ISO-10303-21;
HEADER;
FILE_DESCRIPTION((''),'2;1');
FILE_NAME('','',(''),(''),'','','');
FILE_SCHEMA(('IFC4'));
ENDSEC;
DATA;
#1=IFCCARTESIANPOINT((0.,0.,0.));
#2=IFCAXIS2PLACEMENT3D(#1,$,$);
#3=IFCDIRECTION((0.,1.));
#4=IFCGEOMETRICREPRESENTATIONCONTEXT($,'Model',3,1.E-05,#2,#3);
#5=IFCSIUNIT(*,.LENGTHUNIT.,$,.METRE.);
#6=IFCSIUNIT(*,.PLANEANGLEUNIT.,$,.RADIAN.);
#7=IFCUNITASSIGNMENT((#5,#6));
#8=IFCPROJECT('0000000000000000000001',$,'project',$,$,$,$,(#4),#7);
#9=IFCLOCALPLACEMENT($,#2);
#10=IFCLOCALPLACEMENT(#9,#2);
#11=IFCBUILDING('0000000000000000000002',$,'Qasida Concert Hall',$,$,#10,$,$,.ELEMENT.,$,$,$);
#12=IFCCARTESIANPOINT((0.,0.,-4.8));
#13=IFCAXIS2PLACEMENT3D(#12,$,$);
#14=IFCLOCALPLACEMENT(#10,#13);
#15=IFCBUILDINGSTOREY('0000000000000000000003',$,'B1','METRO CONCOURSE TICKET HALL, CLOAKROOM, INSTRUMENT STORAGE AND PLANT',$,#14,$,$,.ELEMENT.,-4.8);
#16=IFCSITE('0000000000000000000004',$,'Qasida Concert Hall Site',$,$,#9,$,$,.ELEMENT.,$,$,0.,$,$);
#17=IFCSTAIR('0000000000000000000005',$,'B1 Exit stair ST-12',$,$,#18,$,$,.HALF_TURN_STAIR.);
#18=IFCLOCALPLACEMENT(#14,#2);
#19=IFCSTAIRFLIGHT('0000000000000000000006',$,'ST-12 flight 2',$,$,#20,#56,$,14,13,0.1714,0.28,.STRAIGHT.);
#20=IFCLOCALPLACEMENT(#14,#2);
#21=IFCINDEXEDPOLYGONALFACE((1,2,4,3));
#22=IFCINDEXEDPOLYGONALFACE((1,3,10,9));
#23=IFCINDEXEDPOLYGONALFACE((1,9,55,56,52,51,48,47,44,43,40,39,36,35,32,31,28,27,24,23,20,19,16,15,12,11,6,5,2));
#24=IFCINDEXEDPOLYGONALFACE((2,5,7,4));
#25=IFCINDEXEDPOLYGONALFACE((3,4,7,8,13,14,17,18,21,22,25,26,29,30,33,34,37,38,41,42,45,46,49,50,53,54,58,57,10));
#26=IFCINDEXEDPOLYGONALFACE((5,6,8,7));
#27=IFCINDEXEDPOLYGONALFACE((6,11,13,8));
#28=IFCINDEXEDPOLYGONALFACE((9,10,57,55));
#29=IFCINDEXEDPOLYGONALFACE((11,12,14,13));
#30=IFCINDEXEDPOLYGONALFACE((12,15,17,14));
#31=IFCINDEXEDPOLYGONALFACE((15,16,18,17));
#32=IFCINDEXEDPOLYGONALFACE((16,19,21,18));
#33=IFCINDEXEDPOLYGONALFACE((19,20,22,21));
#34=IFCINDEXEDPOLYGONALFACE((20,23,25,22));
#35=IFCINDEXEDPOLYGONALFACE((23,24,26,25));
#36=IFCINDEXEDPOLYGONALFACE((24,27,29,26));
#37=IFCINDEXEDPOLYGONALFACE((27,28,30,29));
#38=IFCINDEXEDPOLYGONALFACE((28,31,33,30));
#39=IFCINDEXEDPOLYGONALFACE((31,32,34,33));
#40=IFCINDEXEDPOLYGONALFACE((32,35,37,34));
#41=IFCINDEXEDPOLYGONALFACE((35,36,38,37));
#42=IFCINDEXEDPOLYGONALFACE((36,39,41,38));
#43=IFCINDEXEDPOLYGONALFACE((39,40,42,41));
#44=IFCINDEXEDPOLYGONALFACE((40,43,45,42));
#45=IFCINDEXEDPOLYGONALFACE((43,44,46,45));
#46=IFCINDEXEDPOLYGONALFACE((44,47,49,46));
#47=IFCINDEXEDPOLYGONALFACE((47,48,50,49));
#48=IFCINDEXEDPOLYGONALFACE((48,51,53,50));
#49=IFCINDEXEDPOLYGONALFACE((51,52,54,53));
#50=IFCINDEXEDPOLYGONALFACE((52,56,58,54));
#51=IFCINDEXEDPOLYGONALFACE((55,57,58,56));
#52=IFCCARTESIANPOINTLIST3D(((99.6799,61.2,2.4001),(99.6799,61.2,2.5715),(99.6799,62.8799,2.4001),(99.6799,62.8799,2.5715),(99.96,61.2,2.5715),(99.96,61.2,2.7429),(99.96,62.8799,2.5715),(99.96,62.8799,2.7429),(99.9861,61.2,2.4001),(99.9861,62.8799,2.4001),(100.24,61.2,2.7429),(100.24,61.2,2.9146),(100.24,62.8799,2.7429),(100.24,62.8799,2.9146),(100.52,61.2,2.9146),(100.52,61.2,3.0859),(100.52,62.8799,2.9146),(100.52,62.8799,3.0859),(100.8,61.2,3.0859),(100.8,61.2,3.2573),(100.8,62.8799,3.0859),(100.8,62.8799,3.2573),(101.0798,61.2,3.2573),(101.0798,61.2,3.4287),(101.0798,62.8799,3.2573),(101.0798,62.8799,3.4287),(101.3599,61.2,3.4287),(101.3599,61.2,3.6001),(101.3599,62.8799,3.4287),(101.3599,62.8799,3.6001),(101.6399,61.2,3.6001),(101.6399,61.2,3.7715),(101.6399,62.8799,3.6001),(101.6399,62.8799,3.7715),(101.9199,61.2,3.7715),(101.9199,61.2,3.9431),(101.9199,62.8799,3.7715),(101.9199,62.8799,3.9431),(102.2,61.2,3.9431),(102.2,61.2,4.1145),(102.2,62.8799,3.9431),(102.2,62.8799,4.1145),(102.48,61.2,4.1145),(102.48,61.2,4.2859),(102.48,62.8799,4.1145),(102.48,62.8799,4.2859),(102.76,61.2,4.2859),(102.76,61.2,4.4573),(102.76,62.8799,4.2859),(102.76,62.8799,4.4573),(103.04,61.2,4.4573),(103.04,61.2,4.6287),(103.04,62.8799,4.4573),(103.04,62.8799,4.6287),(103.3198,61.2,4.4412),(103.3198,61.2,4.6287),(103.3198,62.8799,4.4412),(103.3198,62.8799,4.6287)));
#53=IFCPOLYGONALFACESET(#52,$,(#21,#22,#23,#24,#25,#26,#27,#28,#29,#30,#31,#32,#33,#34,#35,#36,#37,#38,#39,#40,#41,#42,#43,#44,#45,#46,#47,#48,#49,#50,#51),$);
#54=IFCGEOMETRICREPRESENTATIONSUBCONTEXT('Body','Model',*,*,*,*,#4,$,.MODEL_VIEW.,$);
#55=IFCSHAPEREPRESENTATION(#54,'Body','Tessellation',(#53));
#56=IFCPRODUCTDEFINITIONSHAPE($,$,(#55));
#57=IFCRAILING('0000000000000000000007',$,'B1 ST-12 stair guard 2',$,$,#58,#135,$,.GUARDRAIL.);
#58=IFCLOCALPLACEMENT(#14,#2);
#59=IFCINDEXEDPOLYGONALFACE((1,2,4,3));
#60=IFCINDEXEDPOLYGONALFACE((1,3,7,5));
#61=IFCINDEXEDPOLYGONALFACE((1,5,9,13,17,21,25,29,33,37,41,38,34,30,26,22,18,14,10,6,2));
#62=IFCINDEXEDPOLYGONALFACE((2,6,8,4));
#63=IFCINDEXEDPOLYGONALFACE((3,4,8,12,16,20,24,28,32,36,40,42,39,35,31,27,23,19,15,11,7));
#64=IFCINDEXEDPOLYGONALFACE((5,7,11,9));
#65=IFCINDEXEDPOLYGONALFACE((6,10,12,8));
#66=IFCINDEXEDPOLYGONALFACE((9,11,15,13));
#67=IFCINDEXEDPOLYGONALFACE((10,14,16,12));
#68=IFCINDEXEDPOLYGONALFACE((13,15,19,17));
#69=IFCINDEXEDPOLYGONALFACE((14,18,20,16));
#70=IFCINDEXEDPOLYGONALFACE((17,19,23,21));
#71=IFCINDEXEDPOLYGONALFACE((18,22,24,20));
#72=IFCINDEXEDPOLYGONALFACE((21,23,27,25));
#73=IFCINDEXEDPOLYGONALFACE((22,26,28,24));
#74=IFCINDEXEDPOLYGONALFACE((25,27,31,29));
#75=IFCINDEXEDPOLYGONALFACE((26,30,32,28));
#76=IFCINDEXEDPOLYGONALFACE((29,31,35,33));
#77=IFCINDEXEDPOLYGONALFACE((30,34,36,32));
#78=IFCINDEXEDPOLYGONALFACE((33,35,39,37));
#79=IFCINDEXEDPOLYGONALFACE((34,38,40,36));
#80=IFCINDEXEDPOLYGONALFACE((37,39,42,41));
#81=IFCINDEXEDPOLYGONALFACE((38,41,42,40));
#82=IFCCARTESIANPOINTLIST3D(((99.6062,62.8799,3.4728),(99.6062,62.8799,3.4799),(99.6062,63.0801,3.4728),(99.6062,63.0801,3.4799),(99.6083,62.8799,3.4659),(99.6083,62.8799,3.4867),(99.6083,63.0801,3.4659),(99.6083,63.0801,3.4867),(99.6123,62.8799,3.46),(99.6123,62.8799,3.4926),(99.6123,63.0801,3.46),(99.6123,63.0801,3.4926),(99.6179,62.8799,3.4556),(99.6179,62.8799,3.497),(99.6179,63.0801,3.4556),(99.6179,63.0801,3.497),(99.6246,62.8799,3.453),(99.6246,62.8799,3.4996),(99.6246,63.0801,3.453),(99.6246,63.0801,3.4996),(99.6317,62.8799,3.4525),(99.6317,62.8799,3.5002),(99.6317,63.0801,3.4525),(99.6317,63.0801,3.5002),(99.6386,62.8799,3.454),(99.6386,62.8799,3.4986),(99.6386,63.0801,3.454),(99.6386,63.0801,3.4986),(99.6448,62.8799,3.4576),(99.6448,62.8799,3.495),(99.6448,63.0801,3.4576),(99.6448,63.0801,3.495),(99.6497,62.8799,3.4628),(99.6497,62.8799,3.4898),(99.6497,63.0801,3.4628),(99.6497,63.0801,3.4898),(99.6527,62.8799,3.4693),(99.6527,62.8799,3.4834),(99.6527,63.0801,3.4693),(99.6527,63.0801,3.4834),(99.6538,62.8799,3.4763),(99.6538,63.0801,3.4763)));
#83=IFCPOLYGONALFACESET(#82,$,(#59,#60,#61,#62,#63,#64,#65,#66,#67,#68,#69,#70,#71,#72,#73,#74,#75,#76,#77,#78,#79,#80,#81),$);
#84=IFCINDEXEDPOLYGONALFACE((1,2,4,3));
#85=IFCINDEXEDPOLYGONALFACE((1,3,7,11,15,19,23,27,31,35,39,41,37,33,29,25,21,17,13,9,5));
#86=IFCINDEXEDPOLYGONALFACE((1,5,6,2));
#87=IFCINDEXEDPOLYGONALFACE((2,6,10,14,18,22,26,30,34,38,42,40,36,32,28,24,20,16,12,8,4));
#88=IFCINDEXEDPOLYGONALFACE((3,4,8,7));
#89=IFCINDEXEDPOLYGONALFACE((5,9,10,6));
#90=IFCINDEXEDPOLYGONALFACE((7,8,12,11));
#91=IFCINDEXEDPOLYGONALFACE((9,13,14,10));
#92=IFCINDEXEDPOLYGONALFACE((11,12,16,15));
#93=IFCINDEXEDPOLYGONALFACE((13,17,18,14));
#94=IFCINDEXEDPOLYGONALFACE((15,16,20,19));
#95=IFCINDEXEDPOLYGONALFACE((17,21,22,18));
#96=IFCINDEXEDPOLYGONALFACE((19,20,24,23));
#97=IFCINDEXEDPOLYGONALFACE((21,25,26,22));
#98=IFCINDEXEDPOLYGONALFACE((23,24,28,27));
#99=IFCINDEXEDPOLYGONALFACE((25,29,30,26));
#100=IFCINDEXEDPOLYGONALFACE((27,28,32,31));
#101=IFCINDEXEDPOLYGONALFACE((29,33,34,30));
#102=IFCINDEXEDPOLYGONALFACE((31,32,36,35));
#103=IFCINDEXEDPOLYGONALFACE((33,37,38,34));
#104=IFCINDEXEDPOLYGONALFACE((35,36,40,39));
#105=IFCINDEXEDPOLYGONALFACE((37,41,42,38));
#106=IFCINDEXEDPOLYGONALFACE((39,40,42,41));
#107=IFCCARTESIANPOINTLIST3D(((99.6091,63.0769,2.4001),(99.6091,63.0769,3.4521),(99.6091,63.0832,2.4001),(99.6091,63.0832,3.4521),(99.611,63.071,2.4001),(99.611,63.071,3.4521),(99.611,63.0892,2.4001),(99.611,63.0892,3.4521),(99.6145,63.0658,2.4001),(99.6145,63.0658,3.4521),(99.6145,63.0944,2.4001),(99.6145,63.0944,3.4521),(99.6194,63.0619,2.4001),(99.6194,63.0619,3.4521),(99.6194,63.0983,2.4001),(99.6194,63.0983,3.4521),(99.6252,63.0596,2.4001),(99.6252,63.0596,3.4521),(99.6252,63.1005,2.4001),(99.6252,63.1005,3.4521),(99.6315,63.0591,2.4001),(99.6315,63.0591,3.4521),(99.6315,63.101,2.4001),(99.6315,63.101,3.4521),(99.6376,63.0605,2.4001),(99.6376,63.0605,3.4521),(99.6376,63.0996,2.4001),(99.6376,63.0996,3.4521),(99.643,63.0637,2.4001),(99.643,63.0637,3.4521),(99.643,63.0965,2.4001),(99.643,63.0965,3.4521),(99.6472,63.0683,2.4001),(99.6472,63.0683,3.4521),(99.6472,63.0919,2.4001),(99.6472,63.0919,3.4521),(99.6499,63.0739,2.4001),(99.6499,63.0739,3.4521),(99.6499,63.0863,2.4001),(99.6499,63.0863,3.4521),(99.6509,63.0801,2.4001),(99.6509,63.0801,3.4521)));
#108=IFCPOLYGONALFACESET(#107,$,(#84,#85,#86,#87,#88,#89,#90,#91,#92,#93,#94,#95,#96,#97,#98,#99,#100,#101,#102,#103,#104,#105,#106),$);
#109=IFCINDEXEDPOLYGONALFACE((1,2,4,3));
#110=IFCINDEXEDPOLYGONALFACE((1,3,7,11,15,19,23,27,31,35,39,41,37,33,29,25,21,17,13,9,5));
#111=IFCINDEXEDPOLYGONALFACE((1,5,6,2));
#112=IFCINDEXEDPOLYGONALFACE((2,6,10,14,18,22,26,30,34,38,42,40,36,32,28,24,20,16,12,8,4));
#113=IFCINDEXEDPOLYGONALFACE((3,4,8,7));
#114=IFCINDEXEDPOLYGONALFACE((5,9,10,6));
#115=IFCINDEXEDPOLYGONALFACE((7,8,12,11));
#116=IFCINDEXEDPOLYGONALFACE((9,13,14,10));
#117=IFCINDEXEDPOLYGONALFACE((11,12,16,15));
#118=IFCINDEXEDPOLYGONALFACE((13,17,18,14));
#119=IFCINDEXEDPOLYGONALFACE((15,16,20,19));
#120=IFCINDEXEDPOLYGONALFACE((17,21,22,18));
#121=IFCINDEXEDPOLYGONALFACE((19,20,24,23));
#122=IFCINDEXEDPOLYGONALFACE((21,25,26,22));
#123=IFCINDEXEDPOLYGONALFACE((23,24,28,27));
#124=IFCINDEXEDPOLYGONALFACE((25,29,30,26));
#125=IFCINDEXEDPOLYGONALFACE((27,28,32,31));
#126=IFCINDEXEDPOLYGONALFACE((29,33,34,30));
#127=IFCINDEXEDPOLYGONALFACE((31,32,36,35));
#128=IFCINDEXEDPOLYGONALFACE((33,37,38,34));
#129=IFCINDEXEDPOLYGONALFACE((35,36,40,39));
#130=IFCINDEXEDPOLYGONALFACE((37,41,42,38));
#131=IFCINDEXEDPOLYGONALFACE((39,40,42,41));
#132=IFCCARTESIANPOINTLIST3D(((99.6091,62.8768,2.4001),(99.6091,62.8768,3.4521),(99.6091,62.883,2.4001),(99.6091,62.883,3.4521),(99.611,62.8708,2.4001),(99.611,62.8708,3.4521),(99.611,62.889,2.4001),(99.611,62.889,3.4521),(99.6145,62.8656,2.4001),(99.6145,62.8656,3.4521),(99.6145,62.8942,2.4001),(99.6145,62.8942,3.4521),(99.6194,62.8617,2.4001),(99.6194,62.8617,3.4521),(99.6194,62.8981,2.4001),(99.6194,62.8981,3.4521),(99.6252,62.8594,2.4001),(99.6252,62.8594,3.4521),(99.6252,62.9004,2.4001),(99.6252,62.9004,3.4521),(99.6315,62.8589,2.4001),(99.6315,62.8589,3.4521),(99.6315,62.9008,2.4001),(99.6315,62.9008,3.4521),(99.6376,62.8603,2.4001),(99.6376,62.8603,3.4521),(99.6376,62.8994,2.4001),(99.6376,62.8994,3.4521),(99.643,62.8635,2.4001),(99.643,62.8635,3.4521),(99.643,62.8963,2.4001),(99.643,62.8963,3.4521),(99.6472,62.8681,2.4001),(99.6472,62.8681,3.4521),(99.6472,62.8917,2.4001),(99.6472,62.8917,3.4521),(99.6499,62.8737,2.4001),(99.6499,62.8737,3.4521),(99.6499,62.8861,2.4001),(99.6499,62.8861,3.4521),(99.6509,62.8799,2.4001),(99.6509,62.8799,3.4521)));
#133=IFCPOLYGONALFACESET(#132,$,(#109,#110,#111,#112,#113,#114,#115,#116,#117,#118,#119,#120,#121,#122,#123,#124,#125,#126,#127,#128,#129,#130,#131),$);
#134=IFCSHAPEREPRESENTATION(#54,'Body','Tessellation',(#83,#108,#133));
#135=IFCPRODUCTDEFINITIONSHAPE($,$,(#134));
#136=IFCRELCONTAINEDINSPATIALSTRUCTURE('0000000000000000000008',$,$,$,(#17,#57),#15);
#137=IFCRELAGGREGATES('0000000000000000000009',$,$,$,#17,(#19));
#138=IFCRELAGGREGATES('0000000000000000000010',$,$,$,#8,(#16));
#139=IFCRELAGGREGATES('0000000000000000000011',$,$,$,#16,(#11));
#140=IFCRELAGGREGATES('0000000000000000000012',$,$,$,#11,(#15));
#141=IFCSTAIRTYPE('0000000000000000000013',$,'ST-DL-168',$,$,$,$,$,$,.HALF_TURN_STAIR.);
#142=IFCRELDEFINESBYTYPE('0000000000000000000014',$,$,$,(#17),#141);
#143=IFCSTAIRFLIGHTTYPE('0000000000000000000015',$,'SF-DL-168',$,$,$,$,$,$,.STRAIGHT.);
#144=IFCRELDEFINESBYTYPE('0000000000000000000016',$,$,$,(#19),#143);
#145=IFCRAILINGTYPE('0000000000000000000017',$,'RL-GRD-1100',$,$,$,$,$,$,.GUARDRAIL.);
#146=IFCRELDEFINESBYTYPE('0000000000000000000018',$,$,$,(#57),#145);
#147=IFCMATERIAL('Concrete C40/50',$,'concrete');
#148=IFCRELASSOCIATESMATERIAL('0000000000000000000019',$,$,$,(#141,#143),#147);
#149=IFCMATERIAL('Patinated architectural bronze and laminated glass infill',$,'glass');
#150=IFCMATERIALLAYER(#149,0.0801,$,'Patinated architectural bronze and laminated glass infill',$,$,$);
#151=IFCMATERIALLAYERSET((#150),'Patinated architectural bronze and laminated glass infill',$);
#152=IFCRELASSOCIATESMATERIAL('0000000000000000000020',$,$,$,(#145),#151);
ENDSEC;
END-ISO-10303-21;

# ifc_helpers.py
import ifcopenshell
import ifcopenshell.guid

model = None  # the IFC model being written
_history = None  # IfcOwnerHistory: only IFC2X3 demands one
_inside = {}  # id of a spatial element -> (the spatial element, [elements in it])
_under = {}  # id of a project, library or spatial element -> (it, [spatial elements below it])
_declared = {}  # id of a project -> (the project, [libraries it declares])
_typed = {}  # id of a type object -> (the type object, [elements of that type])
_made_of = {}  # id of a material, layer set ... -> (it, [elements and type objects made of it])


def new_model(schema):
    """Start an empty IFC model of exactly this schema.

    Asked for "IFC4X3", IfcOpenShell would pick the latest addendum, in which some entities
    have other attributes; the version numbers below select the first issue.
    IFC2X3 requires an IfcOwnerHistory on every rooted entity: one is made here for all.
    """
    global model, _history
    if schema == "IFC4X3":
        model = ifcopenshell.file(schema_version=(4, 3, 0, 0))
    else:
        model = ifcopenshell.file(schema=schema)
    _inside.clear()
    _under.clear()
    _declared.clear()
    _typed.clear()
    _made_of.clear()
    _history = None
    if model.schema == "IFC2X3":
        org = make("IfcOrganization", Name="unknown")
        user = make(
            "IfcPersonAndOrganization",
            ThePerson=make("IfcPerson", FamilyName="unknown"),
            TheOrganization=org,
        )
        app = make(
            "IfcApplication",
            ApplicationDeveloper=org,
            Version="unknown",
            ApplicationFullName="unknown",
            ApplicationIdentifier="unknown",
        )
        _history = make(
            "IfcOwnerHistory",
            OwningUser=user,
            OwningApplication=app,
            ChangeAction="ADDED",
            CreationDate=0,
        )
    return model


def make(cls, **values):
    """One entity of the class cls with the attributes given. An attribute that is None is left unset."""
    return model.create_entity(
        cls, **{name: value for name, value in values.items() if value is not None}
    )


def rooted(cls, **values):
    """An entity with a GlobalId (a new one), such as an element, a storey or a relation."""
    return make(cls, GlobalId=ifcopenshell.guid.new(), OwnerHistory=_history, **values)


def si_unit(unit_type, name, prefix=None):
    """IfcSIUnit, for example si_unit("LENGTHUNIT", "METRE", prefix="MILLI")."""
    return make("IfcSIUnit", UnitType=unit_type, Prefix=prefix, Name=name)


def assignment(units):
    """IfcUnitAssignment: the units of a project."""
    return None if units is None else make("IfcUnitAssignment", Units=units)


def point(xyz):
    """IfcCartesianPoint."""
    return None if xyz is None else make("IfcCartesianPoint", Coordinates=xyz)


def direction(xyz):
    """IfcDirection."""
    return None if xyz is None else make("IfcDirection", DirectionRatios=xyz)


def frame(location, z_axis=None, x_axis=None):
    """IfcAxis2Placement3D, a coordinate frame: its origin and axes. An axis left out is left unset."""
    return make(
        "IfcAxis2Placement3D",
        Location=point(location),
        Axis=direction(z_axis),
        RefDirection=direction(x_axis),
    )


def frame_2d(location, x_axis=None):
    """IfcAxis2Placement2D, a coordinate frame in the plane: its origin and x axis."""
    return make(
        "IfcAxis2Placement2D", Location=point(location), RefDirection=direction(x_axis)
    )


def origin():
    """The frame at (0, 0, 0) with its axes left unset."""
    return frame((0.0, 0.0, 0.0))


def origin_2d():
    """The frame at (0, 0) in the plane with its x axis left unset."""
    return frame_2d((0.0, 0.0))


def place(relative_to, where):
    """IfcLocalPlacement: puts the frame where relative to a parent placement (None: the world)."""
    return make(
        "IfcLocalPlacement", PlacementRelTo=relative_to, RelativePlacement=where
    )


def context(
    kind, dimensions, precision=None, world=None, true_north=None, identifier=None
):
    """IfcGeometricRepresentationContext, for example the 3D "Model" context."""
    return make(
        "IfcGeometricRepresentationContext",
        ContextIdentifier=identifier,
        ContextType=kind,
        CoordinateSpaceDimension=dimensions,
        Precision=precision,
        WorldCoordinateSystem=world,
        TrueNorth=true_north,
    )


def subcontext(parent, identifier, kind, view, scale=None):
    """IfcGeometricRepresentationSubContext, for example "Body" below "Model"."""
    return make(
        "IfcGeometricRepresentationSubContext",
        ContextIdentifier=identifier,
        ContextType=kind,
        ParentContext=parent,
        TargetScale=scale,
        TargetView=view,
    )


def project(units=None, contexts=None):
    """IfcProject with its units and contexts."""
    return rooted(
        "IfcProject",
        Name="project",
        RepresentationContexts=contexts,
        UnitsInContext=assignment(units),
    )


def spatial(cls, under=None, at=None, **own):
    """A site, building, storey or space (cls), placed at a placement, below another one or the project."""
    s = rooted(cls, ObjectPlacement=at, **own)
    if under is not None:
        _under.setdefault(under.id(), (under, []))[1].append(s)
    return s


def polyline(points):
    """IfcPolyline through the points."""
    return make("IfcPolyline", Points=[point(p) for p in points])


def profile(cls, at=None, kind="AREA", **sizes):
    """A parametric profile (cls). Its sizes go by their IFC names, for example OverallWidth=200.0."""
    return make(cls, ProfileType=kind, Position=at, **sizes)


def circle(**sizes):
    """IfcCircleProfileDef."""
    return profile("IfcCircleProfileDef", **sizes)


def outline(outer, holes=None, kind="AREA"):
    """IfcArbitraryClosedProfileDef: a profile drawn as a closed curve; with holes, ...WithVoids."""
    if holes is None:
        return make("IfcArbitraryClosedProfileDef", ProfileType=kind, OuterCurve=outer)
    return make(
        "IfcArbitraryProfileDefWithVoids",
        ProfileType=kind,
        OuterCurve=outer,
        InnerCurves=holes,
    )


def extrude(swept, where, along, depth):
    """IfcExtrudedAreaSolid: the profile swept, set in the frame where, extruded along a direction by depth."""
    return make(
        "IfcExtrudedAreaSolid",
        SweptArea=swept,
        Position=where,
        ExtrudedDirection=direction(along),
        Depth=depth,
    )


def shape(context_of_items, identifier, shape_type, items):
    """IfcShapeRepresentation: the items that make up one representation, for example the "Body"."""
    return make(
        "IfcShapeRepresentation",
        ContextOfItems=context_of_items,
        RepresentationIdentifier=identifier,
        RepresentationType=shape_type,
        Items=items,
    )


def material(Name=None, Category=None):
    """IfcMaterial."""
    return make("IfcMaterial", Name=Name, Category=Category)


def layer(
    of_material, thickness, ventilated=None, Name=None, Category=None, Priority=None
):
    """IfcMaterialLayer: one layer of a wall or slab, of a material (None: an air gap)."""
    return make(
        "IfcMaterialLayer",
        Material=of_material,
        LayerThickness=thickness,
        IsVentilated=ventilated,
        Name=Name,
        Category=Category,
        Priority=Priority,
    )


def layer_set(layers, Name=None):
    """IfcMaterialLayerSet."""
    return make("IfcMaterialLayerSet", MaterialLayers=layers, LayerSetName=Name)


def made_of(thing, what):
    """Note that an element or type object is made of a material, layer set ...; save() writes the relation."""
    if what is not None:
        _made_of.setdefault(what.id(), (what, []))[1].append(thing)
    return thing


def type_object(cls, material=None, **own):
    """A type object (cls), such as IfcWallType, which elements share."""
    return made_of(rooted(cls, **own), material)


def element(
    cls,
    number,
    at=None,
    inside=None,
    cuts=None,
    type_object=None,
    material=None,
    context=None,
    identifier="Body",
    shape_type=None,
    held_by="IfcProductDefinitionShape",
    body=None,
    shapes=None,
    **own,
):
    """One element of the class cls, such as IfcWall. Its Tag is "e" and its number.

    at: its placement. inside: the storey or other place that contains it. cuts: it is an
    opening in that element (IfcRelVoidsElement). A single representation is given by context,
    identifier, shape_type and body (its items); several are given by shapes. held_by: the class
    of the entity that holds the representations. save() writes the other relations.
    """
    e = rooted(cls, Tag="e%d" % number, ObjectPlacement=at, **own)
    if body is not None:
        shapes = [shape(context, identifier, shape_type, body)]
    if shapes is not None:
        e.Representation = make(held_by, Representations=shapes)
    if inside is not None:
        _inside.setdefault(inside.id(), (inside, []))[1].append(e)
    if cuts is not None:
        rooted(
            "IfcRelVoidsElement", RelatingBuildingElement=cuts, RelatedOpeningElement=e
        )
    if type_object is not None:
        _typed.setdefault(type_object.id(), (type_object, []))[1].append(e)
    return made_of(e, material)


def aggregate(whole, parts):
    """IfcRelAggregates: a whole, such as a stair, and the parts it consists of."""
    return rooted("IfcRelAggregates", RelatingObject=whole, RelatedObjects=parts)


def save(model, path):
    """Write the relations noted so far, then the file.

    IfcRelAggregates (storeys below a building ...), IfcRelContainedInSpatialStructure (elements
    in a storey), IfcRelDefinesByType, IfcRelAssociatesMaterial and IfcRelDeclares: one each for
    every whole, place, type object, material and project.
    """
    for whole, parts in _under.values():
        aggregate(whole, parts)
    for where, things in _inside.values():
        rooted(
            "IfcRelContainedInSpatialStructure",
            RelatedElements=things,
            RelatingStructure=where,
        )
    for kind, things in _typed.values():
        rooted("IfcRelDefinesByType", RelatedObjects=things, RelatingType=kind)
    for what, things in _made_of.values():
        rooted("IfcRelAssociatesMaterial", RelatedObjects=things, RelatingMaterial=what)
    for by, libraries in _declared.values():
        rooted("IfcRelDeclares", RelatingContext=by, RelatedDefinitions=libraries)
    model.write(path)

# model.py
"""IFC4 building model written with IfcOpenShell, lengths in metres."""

from ifc_helpers import new_model, si_unit, direction, frame, origin, origin_2d, place, context, subcontext, project, spatial, polyline, circle, outline, extrude, material, layer, layer_set, type_object, element, aggregate, save


model = new_model("IFC4")

# Units and contexts
model_context = context("Model", 3, precision=1e-05, world=origin(), true_north=direction((0.0, 1.0)))
body_context = subcontext(model_context, "Body", "Model", "MODEL_VIEW")
ifc_project = project(units=[si_unit("LENGTHUNIT", "METRE"), si_unit("PLANEANGLEUNIT", "RADIAN")], contexts=[model_context])

# Site, building, storey
site_placement = place(None, origin())
site = spatial("IfcSite", under=ifc_project, at=site_placement, Name="Qasida Concert Hall Site", CompositionType="ELEMENT", RefElevation=0.0)
building_placement = place(site_placement, origin())
building = spatial("IfcBuilding", under=site, at=building_placement, Name="Qasida Concert Hall", CompositionType="ELEMENT")
storey_placement = place(building_placement, frame((0.0, 0.0, -4.8)))
storey = spatial("IfcBuildingStorey", under=building, at=storey_placement, Name="B1", Description="METRO CONCOURSE TICKET HALL, CLOAKROOM, INSTRUMENT STORAGE AND PLANT", CompositionType="ELEMENT", Elevation=-4.8)

# Shared definitions
ifc_material_1 = material(Name="Concrete C40/50", Category="concrete")

# Stair, stair flight
stair_type = type_object("IfcStairType", Name="ST-DL-168", PredefinedType="HALF_TURN_STAIR", material=ifc_material_1)
stair_placement = place(storey_placement, origin())
stair = element("IfcStair", 1, at=stair_placement, inside=storey, type_object=stair_type, Name="B1 Exit stair ST-12", PredefinedType="HALF_TURN_STAIR")
stair_flight_type = type_object("IfcStairFlightType", Name="SF-DL-168", PredefinedType="STRAIGHT", material=ifc_material_1)
stair_flight_placement = place(storey_placement, frame((99.6799, 62.04, 2.4001), z_axis=(0.0, 0.0, 1.0), x_axis=(1.0, 0.0, 0.0)))
stair_flight = element("IfcStairFlight", 2, at=stair_flight_placement, type_object=stair_flight_type, Name="ST-12 flight 2", NumberOfRisers=14, NumberOfTreads=13, PredefinedType="STRAIGHT", RiserHeight=0.1714, TreadLength=0.28, context=body_context, shape_type="SweptSolid", body=[
    extrude(outline(polyline([(0.0, 0.0), (0.0, 0.1714), (0.28, 0.1714), (0.28, 0.3428), (0.5601, 0.3428), (0.5601, 0.5144), (0.8401, 0.5144), (0.8401, 0.6858), (1.1201, 0.6858), (1.1201, 0.8572), (1.3999, 0.8572), (1.3999, 1.0286), (1.6799, 1.0286), (1.6799, 1.2), (1.96, 1.2), (1.96, 1.3713), (2.24, 1.3713), (2.24, 1.543), (2.52, 1.543), (2.52, 1.7144), (2.8, 1.7144), (2.8, 1.8857), (3.0801, 1.8857), (3.0801, 2.0571), (3.3601, 2.0571), (3.3601, 2.2285), (3.6399, 2.2285), (3.6399, 2.3999), (3.6399, 2.041), (0.3062, 0.0), (0.0, 0.0)])), frame((0.0, 0.8398, 0.0), z_axis=(0.0, -1.0, 0.0), x_axis=(1.0, 0.0, 0.0)), (0.0, 0.0, 1.0), 1.6799),
])
aggregate(stair, [stair_flight])

# Railing
ifc_material_2 = material(Name="Patinated architectural bronze and laminated glass infill", Category="glass")
ifc_layer_1 = layer(ifc_material_2, 0.0801, Name="Patinated architectural bronze and laminated glass infill")
ifc_layer_set_1 = layer_set([ifc_layer_1], Name="Patinated architectural bronze and laminated glass infill")
railing_type = type_object("IfcRailingType", Name="RL-GRD-1100", PredefinedType="GUARDRAIL", material=ifc_layer_set_1)
railing_placement = place(storey_placement, frame((99.6299, 63.0801, 2.4001)))
element("IfcRailing", 3, at=railing_placement, inside=storey, type_object=railing_type, Name="B1 ST-12 stair guard 2", PredefinedType="GUARDRAIL", context=body_context, shape_type="SweptSolid", body=[
    extrude(circle(Radius=0.0239, at=origin_2d()), frame((0.0, 0.0, 1.0762), z_axis=(0.0, -1.0, 0.0), x_axis=(1.0, 0.0, 0.0)), (0.0, 0.0, 1.0), 0.2002),
    extrude(circle(Radius=0.021, at=origin_2d()), origin(), (0.0, 0.0, 1.0), 1.052),
    extrude(circle(Radius=0.021, at=origin_2d()), frame((0.0, -0.2002, 0.0)), (0.0, 0.0, 1.0), 1.052),
])

save(model, "model.ifc")
